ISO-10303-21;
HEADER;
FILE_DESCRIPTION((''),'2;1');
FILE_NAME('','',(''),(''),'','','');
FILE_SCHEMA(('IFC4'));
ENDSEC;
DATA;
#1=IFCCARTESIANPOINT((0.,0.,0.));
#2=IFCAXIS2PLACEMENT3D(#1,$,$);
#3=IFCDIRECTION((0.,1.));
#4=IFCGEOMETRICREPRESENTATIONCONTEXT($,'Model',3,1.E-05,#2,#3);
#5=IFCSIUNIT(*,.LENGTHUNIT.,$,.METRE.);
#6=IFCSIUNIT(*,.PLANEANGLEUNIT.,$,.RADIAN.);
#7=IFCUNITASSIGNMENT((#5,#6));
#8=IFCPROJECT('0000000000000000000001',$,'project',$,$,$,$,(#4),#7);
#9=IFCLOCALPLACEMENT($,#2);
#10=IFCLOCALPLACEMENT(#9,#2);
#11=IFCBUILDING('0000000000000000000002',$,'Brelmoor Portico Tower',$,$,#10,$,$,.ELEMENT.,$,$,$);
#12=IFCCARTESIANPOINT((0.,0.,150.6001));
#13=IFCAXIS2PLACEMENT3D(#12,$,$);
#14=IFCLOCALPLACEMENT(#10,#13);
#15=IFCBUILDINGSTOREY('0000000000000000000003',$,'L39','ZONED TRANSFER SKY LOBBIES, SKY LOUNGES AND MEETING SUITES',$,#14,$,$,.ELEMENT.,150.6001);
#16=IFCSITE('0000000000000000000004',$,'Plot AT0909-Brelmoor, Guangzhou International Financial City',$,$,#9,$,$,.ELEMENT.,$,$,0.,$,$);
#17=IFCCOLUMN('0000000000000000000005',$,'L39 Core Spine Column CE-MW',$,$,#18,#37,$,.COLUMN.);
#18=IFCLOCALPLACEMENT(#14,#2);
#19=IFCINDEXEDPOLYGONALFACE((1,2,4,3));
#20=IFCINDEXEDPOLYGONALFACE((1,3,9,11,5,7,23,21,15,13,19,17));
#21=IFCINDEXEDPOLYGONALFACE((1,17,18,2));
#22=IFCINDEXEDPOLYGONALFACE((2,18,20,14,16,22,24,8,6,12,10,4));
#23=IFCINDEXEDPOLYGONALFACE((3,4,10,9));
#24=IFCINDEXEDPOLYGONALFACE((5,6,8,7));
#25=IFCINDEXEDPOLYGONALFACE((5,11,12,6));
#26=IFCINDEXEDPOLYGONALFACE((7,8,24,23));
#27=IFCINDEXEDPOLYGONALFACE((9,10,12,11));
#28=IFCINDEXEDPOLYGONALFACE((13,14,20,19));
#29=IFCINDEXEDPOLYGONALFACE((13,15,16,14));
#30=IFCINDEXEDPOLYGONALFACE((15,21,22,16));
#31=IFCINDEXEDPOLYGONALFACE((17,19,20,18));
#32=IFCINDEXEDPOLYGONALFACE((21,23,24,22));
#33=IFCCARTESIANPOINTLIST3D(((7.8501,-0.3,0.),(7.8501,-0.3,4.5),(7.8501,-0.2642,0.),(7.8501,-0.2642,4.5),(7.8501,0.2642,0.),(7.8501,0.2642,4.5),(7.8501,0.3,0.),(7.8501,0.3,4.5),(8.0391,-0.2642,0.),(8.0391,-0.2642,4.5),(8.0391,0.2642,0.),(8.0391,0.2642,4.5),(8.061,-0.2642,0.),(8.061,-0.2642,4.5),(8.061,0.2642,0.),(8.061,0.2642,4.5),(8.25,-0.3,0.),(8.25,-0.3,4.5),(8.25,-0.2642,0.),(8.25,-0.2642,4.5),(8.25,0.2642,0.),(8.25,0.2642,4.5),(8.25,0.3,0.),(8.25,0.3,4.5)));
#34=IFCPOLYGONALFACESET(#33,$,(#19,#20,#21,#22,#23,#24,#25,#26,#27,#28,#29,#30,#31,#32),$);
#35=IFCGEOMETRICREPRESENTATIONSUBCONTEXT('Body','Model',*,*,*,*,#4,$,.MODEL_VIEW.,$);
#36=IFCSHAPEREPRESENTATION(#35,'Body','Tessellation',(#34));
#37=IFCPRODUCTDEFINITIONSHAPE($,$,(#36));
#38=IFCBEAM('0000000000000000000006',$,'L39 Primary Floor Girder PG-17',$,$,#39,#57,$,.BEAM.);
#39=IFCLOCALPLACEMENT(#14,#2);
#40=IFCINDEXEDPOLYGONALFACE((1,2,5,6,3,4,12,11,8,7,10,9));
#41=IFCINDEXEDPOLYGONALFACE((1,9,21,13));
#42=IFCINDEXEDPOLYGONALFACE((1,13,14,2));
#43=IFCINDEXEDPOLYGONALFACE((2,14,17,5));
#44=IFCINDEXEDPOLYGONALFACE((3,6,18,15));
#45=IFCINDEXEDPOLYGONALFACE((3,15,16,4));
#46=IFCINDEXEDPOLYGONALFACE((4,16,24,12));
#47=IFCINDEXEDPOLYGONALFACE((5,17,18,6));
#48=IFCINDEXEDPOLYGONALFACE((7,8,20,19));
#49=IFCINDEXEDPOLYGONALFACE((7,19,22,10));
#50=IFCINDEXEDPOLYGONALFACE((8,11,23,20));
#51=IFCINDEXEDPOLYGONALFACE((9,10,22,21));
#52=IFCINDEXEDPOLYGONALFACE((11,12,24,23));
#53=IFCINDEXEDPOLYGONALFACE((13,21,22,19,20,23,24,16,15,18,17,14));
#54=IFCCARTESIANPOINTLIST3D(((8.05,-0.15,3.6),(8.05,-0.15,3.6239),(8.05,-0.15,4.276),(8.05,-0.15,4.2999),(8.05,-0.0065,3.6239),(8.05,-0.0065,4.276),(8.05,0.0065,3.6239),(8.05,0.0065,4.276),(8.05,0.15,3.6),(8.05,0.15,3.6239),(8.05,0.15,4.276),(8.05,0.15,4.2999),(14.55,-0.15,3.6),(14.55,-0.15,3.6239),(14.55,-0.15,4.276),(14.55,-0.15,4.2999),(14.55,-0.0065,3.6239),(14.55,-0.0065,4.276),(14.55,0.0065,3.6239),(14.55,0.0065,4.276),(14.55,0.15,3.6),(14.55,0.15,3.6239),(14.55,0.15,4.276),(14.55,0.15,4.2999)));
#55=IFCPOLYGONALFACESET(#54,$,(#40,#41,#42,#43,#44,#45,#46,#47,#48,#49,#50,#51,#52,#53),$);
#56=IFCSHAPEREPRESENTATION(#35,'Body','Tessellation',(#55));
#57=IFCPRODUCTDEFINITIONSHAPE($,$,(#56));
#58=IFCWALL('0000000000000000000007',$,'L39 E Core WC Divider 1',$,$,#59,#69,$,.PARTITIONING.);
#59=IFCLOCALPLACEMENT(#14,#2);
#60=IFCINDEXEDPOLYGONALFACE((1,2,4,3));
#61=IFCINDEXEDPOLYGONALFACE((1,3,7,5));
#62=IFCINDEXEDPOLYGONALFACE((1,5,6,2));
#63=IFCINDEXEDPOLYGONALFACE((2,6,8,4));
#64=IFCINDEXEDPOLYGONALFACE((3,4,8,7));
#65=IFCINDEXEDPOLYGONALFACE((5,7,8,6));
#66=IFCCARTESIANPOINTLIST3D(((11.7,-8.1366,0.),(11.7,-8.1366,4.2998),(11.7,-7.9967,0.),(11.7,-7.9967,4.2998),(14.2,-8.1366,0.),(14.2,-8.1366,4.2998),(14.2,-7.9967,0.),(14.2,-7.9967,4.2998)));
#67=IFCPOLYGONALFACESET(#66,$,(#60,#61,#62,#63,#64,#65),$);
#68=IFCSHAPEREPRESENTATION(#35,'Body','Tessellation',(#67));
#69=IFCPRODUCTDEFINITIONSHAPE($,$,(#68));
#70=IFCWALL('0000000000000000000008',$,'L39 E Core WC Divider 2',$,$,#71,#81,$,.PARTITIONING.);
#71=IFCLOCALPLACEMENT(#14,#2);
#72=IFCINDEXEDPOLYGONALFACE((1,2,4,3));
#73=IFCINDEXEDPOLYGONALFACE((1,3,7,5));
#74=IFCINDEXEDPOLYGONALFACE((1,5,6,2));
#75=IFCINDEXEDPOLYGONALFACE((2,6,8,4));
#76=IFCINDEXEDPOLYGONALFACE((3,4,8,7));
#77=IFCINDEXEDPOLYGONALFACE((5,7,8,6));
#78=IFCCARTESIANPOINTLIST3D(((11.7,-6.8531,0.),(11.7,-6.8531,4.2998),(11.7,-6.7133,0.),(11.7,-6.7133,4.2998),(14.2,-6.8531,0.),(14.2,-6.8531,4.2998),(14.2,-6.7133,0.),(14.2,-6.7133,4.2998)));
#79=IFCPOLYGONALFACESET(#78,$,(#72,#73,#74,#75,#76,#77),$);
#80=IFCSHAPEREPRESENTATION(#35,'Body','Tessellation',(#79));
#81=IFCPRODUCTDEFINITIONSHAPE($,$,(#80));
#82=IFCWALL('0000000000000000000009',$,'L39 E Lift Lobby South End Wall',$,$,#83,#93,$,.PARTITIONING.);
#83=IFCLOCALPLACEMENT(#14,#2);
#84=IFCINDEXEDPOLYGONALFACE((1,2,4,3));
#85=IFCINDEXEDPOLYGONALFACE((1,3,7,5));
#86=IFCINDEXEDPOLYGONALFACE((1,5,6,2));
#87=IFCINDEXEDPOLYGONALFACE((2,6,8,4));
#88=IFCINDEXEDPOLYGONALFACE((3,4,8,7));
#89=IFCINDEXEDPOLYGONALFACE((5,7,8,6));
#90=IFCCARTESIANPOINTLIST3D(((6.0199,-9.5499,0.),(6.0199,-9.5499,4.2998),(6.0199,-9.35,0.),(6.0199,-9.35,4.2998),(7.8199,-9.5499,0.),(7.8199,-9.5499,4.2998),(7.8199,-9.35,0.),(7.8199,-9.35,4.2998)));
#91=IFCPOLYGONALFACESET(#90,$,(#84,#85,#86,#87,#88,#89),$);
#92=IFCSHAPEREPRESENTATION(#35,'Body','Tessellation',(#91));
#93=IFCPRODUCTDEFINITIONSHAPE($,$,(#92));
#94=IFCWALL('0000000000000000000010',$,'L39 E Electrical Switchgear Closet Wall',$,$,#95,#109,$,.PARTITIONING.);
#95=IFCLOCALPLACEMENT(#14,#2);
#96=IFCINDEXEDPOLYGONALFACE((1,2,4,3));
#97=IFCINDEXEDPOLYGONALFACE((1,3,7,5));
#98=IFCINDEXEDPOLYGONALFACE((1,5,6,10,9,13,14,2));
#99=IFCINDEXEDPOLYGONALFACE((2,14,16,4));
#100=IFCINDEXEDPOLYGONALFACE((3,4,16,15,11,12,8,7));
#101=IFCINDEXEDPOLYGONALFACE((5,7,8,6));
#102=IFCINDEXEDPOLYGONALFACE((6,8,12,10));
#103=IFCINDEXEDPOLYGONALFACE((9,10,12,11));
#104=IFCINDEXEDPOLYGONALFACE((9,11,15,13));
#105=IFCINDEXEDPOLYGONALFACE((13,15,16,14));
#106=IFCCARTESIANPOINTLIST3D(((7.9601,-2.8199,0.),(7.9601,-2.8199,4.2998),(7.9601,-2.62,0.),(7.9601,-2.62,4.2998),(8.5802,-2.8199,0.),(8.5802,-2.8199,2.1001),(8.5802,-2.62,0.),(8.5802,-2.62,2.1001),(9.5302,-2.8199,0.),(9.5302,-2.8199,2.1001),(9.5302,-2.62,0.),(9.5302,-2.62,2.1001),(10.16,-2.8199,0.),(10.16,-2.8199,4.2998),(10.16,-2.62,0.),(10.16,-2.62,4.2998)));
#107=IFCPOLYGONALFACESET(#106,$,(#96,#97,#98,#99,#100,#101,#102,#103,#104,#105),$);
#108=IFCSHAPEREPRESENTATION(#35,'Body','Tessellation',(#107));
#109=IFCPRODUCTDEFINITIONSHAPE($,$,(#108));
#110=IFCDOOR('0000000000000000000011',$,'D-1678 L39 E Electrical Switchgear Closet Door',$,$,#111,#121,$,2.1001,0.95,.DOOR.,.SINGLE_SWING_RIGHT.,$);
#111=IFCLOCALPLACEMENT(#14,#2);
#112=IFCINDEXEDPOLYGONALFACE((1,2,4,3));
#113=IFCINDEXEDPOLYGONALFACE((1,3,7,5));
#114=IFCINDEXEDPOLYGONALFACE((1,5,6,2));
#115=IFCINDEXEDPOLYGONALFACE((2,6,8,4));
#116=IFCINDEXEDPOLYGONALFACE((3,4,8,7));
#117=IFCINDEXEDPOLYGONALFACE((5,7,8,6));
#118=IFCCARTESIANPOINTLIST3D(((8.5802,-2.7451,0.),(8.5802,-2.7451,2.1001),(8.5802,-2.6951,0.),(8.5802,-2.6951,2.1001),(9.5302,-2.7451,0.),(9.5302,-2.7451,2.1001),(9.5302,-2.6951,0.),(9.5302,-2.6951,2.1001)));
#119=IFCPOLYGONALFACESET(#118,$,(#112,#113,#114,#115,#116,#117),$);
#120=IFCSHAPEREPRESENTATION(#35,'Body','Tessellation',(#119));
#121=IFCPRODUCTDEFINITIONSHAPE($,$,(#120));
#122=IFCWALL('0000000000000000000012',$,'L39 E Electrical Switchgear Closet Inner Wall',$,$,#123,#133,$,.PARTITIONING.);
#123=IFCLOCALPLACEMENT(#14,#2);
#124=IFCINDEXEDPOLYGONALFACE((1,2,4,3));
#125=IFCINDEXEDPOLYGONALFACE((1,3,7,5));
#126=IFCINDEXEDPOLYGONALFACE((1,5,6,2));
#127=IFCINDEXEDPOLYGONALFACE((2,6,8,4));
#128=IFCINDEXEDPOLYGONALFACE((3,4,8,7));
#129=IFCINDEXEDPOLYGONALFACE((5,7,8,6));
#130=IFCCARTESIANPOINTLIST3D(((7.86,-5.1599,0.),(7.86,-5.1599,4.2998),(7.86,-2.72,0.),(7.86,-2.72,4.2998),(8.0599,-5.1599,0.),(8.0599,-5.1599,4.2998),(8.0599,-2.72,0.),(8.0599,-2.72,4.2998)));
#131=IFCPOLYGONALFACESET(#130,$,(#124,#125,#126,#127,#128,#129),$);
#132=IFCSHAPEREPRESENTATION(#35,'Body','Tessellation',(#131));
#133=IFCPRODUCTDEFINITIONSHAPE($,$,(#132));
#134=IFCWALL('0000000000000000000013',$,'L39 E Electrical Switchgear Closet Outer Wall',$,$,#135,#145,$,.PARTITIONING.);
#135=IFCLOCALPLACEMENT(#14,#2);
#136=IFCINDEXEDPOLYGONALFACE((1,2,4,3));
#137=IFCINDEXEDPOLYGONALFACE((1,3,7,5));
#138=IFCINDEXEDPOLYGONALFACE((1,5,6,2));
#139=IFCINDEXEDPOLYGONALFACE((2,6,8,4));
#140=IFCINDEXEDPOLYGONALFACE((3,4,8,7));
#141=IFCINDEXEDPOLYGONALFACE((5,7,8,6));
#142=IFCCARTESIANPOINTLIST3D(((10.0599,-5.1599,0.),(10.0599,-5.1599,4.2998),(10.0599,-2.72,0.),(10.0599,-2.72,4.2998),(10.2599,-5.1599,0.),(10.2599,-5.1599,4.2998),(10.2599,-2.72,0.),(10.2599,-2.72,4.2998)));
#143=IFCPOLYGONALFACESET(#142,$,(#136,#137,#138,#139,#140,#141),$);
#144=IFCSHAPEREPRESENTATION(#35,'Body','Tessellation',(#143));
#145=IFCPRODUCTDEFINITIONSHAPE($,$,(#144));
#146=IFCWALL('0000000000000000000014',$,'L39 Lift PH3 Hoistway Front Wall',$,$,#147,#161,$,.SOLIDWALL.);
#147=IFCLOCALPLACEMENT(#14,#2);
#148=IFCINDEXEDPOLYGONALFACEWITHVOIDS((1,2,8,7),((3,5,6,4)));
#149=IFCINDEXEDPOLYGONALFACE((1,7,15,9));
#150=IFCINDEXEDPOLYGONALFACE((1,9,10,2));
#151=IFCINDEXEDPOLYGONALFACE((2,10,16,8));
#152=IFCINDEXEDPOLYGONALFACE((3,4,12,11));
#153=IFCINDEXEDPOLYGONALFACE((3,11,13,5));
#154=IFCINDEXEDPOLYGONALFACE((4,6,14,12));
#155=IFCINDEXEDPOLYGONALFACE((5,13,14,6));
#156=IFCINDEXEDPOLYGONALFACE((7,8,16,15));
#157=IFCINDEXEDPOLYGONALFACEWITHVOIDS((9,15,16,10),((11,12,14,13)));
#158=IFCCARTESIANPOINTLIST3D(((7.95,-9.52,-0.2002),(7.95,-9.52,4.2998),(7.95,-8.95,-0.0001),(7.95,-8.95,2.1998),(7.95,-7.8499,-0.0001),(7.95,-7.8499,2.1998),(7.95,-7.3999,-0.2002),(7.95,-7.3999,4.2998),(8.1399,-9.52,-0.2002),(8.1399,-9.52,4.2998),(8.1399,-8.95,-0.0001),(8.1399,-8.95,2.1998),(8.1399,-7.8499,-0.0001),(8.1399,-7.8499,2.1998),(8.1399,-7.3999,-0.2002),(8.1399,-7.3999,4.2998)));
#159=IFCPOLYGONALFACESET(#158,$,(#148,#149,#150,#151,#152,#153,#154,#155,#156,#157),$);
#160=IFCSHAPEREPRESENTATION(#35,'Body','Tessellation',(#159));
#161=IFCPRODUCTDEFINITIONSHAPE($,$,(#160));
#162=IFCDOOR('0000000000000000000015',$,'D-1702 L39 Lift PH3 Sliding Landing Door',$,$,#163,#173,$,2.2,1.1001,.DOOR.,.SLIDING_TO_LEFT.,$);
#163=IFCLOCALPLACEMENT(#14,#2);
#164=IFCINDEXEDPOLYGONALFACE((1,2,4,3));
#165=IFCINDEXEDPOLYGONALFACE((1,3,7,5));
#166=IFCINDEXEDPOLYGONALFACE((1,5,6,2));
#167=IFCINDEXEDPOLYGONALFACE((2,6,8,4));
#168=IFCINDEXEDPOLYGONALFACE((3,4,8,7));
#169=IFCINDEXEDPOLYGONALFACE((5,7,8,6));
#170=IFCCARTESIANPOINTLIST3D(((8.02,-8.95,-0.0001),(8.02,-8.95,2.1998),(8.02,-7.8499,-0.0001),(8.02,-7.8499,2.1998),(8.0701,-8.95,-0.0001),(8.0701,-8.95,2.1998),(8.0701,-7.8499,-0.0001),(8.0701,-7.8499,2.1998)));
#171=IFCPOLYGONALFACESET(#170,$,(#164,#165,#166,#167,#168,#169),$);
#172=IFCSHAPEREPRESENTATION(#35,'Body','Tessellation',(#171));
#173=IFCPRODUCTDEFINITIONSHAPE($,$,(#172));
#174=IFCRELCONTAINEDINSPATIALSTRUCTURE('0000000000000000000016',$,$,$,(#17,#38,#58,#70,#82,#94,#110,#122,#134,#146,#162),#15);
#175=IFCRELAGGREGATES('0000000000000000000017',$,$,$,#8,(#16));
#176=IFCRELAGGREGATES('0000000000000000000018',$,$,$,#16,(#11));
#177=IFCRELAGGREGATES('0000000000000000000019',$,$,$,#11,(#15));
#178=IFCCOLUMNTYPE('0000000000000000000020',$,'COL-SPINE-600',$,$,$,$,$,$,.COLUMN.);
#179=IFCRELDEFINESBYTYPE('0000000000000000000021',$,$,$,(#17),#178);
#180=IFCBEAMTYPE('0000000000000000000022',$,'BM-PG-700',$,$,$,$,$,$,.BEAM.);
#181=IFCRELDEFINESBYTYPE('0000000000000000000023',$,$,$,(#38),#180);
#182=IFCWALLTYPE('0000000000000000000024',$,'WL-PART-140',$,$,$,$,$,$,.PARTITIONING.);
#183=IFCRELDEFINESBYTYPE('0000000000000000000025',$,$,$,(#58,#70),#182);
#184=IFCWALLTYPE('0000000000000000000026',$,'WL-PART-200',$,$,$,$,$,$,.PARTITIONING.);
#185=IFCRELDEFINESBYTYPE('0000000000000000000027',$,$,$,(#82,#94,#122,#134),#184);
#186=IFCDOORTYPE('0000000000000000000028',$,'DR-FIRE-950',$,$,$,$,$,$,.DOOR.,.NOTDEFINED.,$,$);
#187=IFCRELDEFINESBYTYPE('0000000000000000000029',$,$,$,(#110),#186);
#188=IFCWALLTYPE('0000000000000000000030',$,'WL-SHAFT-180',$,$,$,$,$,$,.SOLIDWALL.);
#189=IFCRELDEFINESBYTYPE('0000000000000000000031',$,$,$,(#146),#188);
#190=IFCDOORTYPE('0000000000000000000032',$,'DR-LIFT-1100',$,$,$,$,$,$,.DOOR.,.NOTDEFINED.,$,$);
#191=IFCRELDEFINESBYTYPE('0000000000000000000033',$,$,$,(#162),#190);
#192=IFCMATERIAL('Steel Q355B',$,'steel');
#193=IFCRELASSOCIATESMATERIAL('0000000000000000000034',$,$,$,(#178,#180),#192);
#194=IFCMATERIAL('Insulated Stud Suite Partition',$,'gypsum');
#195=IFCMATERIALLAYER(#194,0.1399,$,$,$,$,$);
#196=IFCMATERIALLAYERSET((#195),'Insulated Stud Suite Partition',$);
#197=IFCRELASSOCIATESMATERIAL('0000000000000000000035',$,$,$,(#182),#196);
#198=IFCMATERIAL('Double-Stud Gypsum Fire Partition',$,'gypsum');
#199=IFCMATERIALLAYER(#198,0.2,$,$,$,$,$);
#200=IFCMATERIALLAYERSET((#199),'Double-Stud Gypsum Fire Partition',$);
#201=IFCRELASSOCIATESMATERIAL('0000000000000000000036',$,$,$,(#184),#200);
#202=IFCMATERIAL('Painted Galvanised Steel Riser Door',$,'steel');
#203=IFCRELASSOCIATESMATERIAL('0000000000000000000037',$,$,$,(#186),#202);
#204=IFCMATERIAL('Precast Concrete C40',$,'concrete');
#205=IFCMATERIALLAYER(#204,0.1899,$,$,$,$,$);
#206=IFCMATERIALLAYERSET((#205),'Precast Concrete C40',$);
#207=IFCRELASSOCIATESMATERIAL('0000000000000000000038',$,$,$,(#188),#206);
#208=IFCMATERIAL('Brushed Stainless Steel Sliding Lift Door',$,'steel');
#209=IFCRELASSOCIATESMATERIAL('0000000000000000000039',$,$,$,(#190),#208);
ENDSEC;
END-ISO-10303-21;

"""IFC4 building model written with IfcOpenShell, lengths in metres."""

from ifc_helpers import new_model, si_unit, direction, frame, frame_2d, origin, origin_2d, place, context, subcontext, project, spatial, rectangle, i_section, extrude, material, layer, layer_set, material_profile, profile_set, type_object, element, fill, save


model = new_model("IFC4")

# Units and contexts
model_context = context("Model", 3, precision=1e-05, world=origin(), true_north=direction((0.0, 1.0)))
body_context = subcontext(model_context, "Body", "Model", "MODEL_VIEW")
ifc_project = project(units=[si_unit("LENGTHUNIT", "METRE"), si_unit("PLANEANGLEUNIT", "RADIAN")], contexts=[model_context])

# Site, building, storey
site_placement = place(None, origin())
site = spatial("IfcSite", under=ifc_project, at=site_placement, Name="Plot AT0909-Brelmoor, Guangzhou International Financial City", CompositionType="ELEMENT", RefElevation=0.0)
building_placement = place(site_placement, origin())
building = spatial("IfcBuilding", under=site, at=building_placement, Name="Brelmoor Portico Tower", CompositionType="ELEMENT")
storey_placement = place(building_placement, frame((0.0, 0.0, 150.6001)))
storey = spatial("IfcBuildingStorey", under=building, at=storey_placement, Name="L39", Description="ZONED TRANSFER SKY LOBBIES, SKY LOUNGES AND MEETING SUITES", CompositionType="ELEMENT", Elevation=150.6001)

# Column
ifc_material_1 = material(Name="Steel Q355B", Category="steel")
ifc_material_profile_1 = material_profile(ifc_material_1, i_section(OverallWidth=0.3999, OverallDepth=0.6001, WebThickness=0.022, FlangeThickness=0.0359, at=origin_2d()), Name="HW 600x400x22x36")
ifc_profile_set_1 = profile_set([ifc_material_profile_1], Name="Steel Q355B")
column_type = type_object("IfcColumnType", Name="COL-SPINE-600", PredefinedType="COLUMN", material=ifc_profile_set_1)
column_placement = place(storey_placement, frame((8.05, 0.0, 0.0), z_axis=(0.0, 0.0, 1.0), x_axis=(1.0, 0.0, 0.0)))
element("IfcColumn", 1, at=column_placement, inside=storey, type_object=column_type, Name="L39 Core Spine Column CE-MW", PredefinedType="COLUMN", context=body_context, shape_type="SweptSolid", body=[
    extrude(i_section(OverallWidth=0.3999, OverallDepth=0.6001, WebThickness=0.022, FlangeThickness=0.0359, at=origin_2d()), origin(), (0.0, 0.0, 1.0), 4.5),
])

# Beam
ifc_material_profile_2 = material_profile(ifc_material_1, i_section(OverallWidth=0.3, OverallDepth=0.7, WebThickness=0.0129, FlangeThickness=0.0239, at=origin_2d()), Name="HN 700x300x13x24")
ifc_profile_set_2 = profile_set([ifc_material_profile_2], Name="Steel Q355B")
beam_type = type_object("IfcBeamType", Name="BM-PG-700", PredefinedType="BEAM", material=ifc_profile_set_2)
beam_placement = place(storey_placement, frame((8.05, 0.0, 3.95), z_axis=(1.0, 0.0, 0.0), x_axis=(0.0, 1.0, 0.0)))
element("IfcBeam", 2, at=beam_placement, inside=storey, type_object=beam_type, Name="L39 Primary Floor Girder PG-17", PredefinedType="BEAM", context=body_context, shape_type="SweptSolid", body=[
    extrude(i_section(OverallWidth=0.3, OverallDepth=0.7, WebThickness=0.0129, FlangeThickness=0.0239, at=origin_2d()), origin(), (0.0, 0.0, 1.0), 6.5),
])

# Walls
ifc_material_2 = material(Name="Insulated Stud Suite Partition", Category="gypsum")
ifc_layer_1 = layer(ifc_material_2, 0.1399)
ifc_layer_set_1 = layer_set([ifc_layer_1], Name="Insulated Stud Suite Partition")
wall_type_1 = type_object("IfcWallType", Name="WL-PART-140", PredefinedType="PARTITIONING", material=ifc_layer_set_1)
for number, where, z_axis, x_axis, name in (
    (3, (11.7, -8.0667, 0.0), (0.0, 0.0, 1.0), (1.0, 0.0, 0.0), "L39 E Core WC Divider 1"),
    (4, (11.7, -6.7832, 0.0), (0.0, 0.0, 1.0), (1.0, 0.0, 0.0), "L39 E Core WC Divider 2"),
):
    element("IfcWall", number, at=place(storey_placement, frame(where, z_axis=z_axis, x_axis=x_axis)), inside=storey, type_object=wall_type_1, Name=name, PredefinedType="PARTITIONING", context=body_context, shape_type="SweptSolid", body=[
        extrude(rectangle(XDim=2.5, YDim=0.1399, at=frame_2d((1.25, 0.0))), origin(), (0.0, 0.0, 1.0), 4.2998),
    ])

# Wall
ifc_material_3 = material(Name="Double-Stud Gypsum Fire Partition", Category="gypsum")
ifc_layer_2 = layer(ifc_material_3, 0.2)
ifc_layer_set_2 = layer_set([ifc_layer_2], Name="Double-Stud Gypsum Fire Partition")
wall_type_2 = type_object("IfcWallType", Name="WL-PART-200", PredefinedType="PARTITIONING", material=ifc_layer_set_2)
wall_1_placement = place(storey_placement, frame((6.02, -9.45, 0.0), z_axis=(0.0, 0.0, 1.0), x_axis=(1.0, 0.0, 0.0)))
element("IfcWall", 5, at=wall_1_placement, inside=storey, type_object=wall_type_2, Name="L39 E Lift Lobby South End Wall", PredefinedType="PARTITIONING", context=body_context, shape_type="SweptSolid", body=[
    extrude(rectangle(XDim=1.8, YDim=0.2, at=frame_2d((0.8999, 0.0))), origin(), (0.0, 0.0, 1.0), 4.2998),
])

# Wall, opening, door
wall_2_placement = place(storey_placement, frame((7.96, -2.72, 0.0), z_axis=(0.0, 0.0, 1.0), x_axis=(1.0, 0.0, 0.0)))
wall_2 = element("IfcWall", 6, at=wall_2_placement, inside=storey, type_object=wall_type_2, Name="L39 E Electrical Switchgear Closet Wall", PredefinedType="PARTITIONING", context=body_context, shape_type="SweptSolid", body=[
    extrude(rectangle(XDim=2.2, YDim=0.2, at=frame_2d((1.1001, 0.0))), origin(), (0.0, 0.0, 1.0), 4.2998),
])
opening_1_placement = place(wall_2_placement, frame((0.6201, 0.0, 0.0)))
opening_1 = element("IfcOpeningElement", 7, at=opening_1_placement, cuts=wall_2, PredefinedType="OPENING", context=body_context, shape_type="SweptSolid", body=[
    extrude(rectangle(XDim=0.95, YDim=2.1001, at=frame_2d((0.4751, 1.05))), frame((0.0, 0.1099, 0.0), z_axis=(0.0, -1.0, 0.0), x_axis=(1.0, 0.0, 0.0)), (0.0, 0.0, 1.0), 0.22),
])
ifc_material_4 = material(Name="Painted Galvanised Steel Riser Door", Category="steel")
door_type_1 = type_object("IfcDoorType", Name="DR-FIRE-950", OperationType="NOTDEFINED", PredefinedType="DOOR", material=ifc_material_4)
door_1_placement = place(opening_1_placement, origin())
door_1 = element("IfcDoor", 8, at=door_1_placement, inside=storey, type_object=door_type_1, Name="D-1678 L39 E Electrical Switchgear Closet Door", OperationType="SINGLE_SWING_RIGHT", OverallHeight=2.1001, OverallWidth=0.95, PredefinedType="DOOR", context=body_context, shape_type="SweptSolid", body=[
    extrude(rectangle(XDim=0.95, YDim=2.1001, at=frame_2d((0.4751, 1.05))), frame((0.0, 0.0249, 0.0), z_axis=(0.0, -1.0, 0.0), x_axis=(1.0, 0.0, 0.0)), (0.0, 0.0, 1.0), 0.05),
])
fill(opening_1, door_1)

# Walls
for number, where, z_axis, x_axis, name in (
    (9, (7.96, -5.1599, 0.0), (0.0, 0.0, 1.0), (0.0, 1.0, 0.0), "L39 E Electrical Switchgear Closet Inner Wall"),
    (10, (10.1599, -5.1599, 0.0), (0.0, 0.0, 1.0), (0.0, 1.0, 0.0), "L39 E Electrical Switchgear Closet Outer Wall"),
):
    element("IfcWall", number, at=place(storey_placement, frame(where, z_axis=z_axis, x_axis=x_axis)), inside=storey, type_object=wall_type_2, Name=name, PredefinedType="PARTITIONING", context=body_context, shape_type="SweptSolid", body=[
        extrude(rectangle(XDim=2.4399, YDim=0.2, at=frame_2d((1.22, 0.0))), origin(), (0.0, 0.0, 1.0), 4.2998),
    ])

# Wall, opening, door
ifc_material_5 = material(Name="Precast Concrete C40", Category="concrete")
ifc_layer_3 = layer(ifc_material_5, 0.1899)
ifc_layer_set_3 = layer_set([ifc_layer_3], Name="Precast Concrete C40")
wall_type_3 = type_object("IfcWallType", Name="WL-SHAFT-180", PredefinedType="SOLIDWALL", material=ifc_layer_set_3)
wall_3_placement = place(storey_placement, frame((8.0449, -9.52, -0.2002), z_axis=(0.0, 0.0, 1.0), x_axis=(0.0, 1.0, 0.0)))
wall_3 = element("IfcWall", 11, at=wall_3_placement, inside=storey, type_object=wall_type_3, Name="L39 Lift PH3 Hoistway Front Wall", PredefinedType="SOLIDWALL", context=body_context, shape_type="SweptSolid", body=[
    extrude(rectangle(XDim=2.1201, YDim=0.1899, at=frame_2d((1.0601, 0.0))), origin(), (0.0, 0.0, 1.0), 4.5),
])
opening_2_placement = place(wall_3_placement, frame((0.5701, 0.0, 0.2)))
opening_2 = element("IfcOpeningElement", 12, at=opening_2_placement, cuts=wall_3, PredefinedType="OPENING", context=body_context, shape_type="SweptSolid", body=[
    extrude(rectangle(XDim=1.1001, YDim=2.2, at=frame_2d((0.55, 1.1001))), frame((0.0, 0.105, 0.0), z_axis=(0.0, -1.0, 0.0), x_axis=(1.0, 0.0, 0.0)), (0.0, 0.0, 1.0), 0.21),
])
ifc_material_6 = material(Name="Brushed Stainless Steel Sliding Lift Door", Category="steel")
door_type_2 = type_object("IfcDoorType", Name="DR-LIFT-1100", OperationType="NOTDEFINED", PredefinedType="DOOR", material=ifc_material_6)
door_2_placement = place(opening_2_placement, origin())
door_2 = element("IfcDoor", 13, at=door_2_placement, inside=storey, type_object=door_type_2, Name="D-1702 L39 Lift PH3 Sliding Landing Door", OperationType="SLIDING_TO_LEFT", OverallHeight=2.2, OverallWidth=1.1001, PredefinedType="DOOR", context=body_context, shape_type="SweptSolid", body=[
    extrude(rectangle(XDim=1.1001, YDim=2.2, at=frame_2d((0.55, 1.1001))), frame((0.0, 0.0249, 0.0), z_axis=(0.0, -1.0, 0.0), x_axis=(1.0, 0.0, 0.0)), (0.0, 0.0, 1.0), 0.05),
])
fill(opening_2, door_2)

save(model, "model.ifc")
